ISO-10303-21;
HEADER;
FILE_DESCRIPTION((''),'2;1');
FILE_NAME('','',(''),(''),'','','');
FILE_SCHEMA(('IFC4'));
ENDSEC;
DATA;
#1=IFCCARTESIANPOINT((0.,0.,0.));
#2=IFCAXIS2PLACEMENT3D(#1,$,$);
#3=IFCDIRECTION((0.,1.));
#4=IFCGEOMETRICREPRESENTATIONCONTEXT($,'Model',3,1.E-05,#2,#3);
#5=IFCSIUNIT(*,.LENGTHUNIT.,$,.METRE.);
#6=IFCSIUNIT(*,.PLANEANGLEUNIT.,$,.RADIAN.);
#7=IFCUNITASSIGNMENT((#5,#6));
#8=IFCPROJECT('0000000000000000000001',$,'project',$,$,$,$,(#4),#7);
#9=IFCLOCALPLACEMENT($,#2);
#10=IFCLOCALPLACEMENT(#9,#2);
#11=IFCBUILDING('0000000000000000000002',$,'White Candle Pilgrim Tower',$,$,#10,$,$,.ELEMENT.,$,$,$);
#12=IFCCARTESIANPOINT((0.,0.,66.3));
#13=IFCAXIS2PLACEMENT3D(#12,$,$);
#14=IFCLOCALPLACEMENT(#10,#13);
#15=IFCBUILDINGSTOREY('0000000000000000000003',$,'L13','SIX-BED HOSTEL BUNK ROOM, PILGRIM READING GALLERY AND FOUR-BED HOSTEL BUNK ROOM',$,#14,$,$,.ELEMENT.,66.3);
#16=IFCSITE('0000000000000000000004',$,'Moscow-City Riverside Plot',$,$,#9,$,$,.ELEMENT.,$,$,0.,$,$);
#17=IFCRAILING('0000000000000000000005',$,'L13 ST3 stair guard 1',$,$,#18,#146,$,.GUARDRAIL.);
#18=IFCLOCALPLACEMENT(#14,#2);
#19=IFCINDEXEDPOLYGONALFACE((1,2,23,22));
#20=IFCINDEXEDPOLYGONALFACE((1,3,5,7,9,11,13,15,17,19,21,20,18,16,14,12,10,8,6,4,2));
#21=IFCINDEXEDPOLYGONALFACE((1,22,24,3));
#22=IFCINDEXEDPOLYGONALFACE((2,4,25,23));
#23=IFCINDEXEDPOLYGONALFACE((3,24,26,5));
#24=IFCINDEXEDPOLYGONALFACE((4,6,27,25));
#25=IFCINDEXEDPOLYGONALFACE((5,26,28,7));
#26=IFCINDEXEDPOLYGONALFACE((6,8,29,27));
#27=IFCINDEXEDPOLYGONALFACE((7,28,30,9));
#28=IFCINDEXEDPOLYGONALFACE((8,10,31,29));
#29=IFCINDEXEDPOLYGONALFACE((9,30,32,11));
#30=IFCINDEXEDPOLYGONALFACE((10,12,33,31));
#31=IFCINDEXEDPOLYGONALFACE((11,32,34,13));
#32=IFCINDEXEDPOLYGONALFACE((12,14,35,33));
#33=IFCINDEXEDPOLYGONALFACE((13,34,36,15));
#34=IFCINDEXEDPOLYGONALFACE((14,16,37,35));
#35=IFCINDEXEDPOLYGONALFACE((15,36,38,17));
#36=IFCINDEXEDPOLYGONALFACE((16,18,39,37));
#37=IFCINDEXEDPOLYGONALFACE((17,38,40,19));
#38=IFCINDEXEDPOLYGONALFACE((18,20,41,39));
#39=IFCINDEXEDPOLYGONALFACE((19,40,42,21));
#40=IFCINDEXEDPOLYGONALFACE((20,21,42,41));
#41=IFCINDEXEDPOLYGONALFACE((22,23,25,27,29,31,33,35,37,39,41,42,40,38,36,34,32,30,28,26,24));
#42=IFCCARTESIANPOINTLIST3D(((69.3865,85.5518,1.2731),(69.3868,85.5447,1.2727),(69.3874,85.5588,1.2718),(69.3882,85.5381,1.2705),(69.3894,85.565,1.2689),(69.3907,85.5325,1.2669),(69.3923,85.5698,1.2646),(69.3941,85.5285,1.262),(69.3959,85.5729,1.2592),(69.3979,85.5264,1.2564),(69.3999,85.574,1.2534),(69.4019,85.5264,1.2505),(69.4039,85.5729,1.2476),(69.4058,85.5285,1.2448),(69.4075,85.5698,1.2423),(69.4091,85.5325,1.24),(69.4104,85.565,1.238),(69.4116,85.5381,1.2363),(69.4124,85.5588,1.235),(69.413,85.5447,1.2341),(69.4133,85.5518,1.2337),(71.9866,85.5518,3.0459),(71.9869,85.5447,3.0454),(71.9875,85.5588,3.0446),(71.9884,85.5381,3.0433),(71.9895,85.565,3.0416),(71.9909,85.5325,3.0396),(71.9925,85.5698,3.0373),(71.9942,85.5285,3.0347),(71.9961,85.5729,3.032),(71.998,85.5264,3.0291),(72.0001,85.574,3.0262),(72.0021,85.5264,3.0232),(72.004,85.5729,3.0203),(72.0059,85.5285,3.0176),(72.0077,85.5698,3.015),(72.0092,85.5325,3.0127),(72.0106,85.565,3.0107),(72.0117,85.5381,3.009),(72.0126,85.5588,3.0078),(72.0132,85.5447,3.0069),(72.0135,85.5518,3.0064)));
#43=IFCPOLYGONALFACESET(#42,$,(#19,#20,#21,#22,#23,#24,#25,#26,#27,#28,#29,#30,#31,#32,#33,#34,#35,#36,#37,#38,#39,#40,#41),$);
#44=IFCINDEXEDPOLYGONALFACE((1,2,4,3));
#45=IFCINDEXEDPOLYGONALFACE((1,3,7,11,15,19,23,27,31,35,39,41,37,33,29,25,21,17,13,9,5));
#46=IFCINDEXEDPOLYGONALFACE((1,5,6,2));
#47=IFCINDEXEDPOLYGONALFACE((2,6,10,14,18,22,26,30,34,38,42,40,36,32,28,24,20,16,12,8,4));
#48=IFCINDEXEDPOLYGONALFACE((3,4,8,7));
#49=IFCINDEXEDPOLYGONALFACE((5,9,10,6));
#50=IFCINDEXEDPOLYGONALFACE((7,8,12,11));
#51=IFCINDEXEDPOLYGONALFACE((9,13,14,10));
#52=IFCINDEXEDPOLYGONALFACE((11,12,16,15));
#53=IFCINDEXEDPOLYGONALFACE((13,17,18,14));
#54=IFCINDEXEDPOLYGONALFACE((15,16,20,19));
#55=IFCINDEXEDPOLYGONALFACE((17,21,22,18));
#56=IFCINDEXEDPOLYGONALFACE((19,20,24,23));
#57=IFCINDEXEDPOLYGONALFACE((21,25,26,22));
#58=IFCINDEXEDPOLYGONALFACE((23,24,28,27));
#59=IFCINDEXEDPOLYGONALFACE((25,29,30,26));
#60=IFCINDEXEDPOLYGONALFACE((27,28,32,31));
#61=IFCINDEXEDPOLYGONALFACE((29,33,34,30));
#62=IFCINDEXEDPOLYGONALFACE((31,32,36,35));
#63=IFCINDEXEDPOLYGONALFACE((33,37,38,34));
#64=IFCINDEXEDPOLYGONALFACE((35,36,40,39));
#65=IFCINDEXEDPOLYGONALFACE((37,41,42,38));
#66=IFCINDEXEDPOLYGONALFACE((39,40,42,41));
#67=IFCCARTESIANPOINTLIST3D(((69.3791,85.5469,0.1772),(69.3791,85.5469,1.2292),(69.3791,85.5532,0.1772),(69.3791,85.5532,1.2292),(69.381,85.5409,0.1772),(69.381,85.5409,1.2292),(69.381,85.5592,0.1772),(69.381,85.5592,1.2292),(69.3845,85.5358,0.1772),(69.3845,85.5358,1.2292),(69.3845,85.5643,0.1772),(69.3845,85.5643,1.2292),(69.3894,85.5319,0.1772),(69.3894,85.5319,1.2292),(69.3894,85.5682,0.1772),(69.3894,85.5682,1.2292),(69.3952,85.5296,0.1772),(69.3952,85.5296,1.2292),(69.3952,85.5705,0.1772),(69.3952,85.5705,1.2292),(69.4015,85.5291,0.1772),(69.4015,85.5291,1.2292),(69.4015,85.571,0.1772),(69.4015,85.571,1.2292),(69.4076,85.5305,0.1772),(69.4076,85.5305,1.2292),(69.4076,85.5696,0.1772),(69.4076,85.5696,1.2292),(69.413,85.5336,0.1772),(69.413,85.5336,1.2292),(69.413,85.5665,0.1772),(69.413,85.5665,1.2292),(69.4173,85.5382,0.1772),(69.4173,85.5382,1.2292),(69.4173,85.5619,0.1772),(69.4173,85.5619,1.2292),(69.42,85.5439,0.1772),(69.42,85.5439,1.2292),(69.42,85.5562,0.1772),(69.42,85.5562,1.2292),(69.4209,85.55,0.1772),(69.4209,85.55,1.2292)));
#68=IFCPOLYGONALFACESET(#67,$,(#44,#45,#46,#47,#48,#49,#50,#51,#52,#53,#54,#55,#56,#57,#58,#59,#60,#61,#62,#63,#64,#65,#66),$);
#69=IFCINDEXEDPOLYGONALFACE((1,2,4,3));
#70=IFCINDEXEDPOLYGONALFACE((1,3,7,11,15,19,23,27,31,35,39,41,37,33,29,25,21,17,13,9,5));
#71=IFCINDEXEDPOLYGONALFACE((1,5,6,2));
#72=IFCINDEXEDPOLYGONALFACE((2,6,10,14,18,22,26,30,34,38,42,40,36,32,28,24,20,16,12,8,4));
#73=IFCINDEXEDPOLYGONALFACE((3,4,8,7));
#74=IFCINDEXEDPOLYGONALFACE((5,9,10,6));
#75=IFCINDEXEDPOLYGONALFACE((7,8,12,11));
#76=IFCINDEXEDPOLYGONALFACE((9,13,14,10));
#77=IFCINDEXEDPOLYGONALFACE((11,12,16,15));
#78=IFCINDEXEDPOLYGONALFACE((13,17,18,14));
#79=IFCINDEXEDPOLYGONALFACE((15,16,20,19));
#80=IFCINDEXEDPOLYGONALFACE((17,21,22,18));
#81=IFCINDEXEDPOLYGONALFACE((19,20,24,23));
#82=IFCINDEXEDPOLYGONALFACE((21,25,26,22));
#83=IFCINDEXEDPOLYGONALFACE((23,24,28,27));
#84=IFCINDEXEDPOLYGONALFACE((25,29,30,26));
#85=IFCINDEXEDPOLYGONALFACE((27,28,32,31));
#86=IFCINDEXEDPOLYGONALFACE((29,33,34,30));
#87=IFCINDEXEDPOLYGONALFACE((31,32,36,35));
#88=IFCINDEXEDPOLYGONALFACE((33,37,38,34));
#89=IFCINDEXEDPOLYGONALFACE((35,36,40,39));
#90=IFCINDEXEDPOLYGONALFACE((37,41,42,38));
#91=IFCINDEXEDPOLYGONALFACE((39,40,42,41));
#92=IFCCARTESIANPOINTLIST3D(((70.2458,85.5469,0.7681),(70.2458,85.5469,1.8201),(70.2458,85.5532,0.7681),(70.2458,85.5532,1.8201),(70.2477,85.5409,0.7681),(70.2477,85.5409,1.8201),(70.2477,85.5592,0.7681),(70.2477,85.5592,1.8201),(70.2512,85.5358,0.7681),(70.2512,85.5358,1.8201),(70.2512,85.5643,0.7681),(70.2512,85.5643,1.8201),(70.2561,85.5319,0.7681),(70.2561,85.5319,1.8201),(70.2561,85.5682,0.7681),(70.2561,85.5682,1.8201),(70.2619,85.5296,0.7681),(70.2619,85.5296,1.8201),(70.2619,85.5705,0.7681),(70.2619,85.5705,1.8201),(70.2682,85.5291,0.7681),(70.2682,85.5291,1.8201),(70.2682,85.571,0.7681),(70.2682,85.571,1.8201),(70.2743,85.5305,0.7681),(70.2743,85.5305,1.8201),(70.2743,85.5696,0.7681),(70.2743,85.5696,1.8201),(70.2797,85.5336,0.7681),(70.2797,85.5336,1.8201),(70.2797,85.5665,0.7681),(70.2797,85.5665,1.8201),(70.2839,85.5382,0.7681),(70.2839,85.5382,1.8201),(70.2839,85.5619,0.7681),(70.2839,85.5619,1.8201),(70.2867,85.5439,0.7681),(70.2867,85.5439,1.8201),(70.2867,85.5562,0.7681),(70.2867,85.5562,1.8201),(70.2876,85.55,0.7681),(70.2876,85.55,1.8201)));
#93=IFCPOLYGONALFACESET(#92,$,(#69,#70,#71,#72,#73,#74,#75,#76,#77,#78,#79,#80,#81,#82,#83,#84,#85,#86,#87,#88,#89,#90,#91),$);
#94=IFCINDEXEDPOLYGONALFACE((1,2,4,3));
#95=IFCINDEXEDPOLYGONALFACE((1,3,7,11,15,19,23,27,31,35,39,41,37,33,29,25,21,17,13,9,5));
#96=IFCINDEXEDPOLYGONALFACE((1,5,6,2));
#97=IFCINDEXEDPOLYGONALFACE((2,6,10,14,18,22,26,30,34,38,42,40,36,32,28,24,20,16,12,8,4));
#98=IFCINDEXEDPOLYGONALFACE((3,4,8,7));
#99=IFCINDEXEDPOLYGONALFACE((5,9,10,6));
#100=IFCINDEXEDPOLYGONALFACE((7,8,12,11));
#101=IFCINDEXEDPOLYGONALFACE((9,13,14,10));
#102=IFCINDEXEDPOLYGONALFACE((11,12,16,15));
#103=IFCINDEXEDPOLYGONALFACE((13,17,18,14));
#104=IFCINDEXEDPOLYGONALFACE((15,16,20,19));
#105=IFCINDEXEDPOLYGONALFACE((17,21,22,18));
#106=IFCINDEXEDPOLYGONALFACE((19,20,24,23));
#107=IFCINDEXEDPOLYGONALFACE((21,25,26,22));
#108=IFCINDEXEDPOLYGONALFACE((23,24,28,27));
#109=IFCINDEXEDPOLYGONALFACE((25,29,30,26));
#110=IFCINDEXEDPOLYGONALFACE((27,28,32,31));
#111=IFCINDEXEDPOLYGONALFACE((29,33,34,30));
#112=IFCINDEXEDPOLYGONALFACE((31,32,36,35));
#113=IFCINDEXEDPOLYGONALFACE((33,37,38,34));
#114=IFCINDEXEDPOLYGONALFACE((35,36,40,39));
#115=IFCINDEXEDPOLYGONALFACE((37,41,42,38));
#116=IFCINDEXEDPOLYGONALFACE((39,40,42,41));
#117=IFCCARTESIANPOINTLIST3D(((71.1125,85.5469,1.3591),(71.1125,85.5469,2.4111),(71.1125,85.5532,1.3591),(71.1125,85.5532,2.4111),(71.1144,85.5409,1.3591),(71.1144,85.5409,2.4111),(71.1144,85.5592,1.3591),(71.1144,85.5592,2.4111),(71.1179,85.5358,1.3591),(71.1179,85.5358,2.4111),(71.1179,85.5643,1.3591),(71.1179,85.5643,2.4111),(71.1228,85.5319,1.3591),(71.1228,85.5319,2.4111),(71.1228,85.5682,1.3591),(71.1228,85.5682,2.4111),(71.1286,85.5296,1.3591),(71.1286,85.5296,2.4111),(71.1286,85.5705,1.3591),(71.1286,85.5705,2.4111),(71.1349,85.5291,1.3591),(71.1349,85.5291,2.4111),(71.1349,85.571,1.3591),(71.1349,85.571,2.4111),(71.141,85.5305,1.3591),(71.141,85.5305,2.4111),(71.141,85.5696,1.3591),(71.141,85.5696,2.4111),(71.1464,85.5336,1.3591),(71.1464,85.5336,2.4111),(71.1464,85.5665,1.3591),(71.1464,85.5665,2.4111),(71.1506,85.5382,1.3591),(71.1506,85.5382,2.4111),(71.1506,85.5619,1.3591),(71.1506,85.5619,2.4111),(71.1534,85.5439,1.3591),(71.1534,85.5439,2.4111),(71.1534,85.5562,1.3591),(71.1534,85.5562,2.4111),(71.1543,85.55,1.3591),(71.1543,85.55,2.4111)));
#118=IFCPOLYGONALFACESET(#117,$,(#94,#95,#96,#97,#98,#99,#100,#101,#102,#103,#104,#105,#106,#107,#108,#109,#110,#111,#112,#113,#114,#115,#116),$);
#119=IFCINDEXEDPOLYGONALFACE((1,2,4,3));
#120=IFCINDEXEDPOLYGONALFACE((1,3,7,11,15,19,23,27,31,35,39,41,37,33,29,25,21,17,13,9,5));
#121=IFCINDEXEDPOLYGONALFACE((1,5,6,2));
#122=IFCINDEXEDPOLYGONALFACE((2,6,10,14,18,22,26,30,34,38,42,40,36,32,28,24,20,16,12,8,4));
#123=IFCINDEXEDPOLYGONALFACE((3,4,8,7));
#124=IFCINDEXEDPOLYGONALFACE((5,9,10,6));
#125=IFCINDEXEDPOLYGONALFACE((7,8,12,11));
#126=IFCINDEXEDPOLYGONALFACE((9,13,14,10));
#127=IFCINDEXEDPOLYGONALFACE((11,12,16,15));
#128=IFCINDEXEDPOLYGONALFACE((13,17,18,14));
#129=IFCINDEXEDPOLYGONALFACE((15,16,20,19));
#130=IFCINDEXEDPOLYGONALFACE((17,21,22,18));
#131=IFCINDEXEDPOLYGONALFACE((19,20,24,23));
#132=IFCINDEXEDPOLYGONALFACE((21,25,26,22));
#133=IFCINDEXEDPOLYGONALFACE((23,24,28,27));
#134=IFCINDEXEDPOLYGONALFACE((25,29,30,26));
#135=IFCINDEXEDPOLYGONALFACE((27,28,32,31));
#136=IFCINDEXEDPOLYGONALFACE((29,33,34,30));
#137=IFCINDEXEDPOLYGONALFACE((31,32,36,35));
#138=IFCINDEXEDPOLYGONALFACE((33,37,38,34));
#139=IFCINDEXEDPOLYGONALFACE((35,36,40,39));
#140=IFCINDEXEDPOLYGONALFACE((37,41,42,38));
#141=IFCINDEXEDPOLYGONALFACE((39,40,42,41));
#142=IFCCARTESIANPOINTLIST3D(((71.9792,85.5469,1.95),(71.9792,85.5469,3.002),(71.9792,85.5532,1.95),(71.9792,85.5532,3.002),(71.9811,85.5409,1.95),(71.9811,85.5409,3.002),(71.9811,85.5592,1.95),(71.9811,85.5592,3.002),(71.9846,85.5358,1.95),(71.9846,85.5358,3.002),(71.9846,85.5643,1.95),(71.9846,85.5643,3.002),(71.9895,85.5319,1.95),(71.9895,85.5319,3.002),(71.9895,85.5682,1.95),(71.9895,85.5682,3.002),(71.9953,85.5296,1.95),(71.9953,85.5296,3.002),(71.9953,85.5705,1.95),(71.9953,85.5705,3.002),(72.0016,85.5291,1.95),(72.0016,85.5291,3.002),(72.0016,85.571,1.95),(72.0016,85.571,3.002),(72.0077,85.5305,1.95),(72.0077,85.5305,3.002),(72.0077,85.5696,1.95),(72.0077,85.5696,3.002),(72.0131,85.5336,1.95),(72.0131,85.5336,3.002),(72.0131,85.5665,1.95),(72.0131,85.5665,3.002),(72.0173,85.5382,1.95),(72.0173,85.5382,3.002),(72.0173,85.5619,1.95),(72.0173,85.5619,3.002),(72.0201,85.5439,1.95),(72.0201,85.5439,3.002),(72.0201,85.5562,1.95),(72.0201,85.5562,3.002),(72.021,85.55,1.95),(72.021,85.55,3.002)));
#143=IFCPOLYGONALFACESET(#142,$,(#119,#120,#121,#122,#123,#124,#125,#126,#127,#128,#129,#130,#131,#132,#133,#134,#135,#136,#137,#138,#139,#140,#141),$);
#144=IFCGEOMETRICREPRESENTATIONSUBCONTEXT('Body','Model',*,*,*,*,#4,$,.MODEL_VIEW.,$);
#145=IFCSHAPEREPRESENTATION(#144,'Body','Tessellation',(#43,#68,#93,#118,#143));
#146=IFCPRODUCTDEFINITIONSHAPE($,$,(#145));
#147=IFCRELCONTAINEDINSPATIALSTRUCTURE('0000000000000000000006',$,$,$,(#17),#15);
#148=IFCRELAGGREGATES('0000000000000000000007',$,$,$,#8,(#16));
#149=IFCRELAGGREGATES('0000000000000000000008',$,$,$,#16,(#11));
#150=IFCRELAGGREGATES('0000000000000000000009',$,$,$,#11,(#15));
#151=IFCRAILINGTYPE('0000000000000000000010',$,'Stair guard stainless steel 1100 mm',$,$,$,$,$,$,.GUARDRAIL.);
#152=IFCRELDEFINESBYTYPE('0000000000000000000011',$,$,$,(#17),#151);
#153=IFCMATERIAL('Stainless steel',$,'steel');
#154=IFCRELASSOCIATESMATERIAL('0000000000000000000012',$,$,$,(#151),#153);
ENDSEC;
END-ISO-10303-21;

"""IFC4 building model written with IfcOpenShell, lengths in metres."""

from ifc_helpers import new_model, si_unit, direction, frame, origin, origin_2d, place, context, subcontext, project, spatial, circle, extrude, material, type_object, element, save


model = new_model("IFC4")

# Units and contexts
model_context = context("Model", 3, precision=1e-05, world=origin(), true_north=direction((0.0, 1.0)))
body_context = subcontext(model_context, "Body", "Model", "MODEL_VIEW")
ifc_project = project(units=[si_unit("LENGTHUNIT", "METRE"), si_unit("PLANEANGLEUNIT", "RADIAN")], contexts=[model_context])

# Site, building, storey
site_placement = place(None, origin())
site = spatial("IfcSite", under=ifc_project, at=site_placement, Name="Moscow-City Riverside Plot", CompositionType="ELEMENT", RefElevation=0.0)
building_placement = place(site_placement, origin())
building = spatial("IfcBuilding", under=site, at=building_placement, Name="White Candle Pilgrim Tower", CompositionType="ELEMENT")
storey_placement = place(building_placement, frame((0.0, 0.0, 66.3)))
storey = spatial("IfcBuildingStorey", under=building, at=storey_placement, Name="L13", Description="SIX-BED HOSTEL BUNK ROOM, PILGRIM READING GALLERY AND FOUR-BED HOSTEL BUNK ROOM", CompositionType="ELEMENT", Elevation=66.3)

# Railing
ifc_material_1 = material(Name="Stainless steel", Category="steel")
railing_type_1 = type_object("IfcRailingType", Name="Stair guard stainless steel 1100 mm", PredefinedType="GUARDRAIL", material=ifc_material_1)
railing_1_placement = place(storey_placement, frame((69.3999, 85.55, 0.1772)))
element("IfcRailing", 1, at=railing_1_placement, inside=storey, type_object=railing_type_1, Name="L13 ST3 stair guard 1", PredefinedType="GUARDRAIL", context=body_context, shape_type="SweptSolid", body=[
    extrude(circle(Radius=0.0239, at=origin_2d()), frame((0.0, 0.0, 1.0762), z_axis=(0.82624, 0.0, 0.563318), x_axis=(0.0, 1.0, 0.0)), (0.0, 0.0, 1.0), 3.147),
    extrude(circle(Radius=0.021, at=origin_2d()), origin(), (0.0, 0.0, 1.0), 1.052),
    extrude(circle(Radius=0.021, at=origin_2d()), frame((0.8667, 0.0, 0.5908)), (0.0, 0.0, 1.0), 1.052),
    extrude(circle(Radius=0.021, at=origin_2d()), frame((1.7334, 0.0, 1.1819)), (0.0, 0.0, 1.0), 1.052),
    extrude(circle(Radius=0.021, at=origin_2d()), frame((2.6001, 0.0, 1.7727)), (0.0, 0.0, 1.0), 1.052),
])

save(model, "model.ifc")
